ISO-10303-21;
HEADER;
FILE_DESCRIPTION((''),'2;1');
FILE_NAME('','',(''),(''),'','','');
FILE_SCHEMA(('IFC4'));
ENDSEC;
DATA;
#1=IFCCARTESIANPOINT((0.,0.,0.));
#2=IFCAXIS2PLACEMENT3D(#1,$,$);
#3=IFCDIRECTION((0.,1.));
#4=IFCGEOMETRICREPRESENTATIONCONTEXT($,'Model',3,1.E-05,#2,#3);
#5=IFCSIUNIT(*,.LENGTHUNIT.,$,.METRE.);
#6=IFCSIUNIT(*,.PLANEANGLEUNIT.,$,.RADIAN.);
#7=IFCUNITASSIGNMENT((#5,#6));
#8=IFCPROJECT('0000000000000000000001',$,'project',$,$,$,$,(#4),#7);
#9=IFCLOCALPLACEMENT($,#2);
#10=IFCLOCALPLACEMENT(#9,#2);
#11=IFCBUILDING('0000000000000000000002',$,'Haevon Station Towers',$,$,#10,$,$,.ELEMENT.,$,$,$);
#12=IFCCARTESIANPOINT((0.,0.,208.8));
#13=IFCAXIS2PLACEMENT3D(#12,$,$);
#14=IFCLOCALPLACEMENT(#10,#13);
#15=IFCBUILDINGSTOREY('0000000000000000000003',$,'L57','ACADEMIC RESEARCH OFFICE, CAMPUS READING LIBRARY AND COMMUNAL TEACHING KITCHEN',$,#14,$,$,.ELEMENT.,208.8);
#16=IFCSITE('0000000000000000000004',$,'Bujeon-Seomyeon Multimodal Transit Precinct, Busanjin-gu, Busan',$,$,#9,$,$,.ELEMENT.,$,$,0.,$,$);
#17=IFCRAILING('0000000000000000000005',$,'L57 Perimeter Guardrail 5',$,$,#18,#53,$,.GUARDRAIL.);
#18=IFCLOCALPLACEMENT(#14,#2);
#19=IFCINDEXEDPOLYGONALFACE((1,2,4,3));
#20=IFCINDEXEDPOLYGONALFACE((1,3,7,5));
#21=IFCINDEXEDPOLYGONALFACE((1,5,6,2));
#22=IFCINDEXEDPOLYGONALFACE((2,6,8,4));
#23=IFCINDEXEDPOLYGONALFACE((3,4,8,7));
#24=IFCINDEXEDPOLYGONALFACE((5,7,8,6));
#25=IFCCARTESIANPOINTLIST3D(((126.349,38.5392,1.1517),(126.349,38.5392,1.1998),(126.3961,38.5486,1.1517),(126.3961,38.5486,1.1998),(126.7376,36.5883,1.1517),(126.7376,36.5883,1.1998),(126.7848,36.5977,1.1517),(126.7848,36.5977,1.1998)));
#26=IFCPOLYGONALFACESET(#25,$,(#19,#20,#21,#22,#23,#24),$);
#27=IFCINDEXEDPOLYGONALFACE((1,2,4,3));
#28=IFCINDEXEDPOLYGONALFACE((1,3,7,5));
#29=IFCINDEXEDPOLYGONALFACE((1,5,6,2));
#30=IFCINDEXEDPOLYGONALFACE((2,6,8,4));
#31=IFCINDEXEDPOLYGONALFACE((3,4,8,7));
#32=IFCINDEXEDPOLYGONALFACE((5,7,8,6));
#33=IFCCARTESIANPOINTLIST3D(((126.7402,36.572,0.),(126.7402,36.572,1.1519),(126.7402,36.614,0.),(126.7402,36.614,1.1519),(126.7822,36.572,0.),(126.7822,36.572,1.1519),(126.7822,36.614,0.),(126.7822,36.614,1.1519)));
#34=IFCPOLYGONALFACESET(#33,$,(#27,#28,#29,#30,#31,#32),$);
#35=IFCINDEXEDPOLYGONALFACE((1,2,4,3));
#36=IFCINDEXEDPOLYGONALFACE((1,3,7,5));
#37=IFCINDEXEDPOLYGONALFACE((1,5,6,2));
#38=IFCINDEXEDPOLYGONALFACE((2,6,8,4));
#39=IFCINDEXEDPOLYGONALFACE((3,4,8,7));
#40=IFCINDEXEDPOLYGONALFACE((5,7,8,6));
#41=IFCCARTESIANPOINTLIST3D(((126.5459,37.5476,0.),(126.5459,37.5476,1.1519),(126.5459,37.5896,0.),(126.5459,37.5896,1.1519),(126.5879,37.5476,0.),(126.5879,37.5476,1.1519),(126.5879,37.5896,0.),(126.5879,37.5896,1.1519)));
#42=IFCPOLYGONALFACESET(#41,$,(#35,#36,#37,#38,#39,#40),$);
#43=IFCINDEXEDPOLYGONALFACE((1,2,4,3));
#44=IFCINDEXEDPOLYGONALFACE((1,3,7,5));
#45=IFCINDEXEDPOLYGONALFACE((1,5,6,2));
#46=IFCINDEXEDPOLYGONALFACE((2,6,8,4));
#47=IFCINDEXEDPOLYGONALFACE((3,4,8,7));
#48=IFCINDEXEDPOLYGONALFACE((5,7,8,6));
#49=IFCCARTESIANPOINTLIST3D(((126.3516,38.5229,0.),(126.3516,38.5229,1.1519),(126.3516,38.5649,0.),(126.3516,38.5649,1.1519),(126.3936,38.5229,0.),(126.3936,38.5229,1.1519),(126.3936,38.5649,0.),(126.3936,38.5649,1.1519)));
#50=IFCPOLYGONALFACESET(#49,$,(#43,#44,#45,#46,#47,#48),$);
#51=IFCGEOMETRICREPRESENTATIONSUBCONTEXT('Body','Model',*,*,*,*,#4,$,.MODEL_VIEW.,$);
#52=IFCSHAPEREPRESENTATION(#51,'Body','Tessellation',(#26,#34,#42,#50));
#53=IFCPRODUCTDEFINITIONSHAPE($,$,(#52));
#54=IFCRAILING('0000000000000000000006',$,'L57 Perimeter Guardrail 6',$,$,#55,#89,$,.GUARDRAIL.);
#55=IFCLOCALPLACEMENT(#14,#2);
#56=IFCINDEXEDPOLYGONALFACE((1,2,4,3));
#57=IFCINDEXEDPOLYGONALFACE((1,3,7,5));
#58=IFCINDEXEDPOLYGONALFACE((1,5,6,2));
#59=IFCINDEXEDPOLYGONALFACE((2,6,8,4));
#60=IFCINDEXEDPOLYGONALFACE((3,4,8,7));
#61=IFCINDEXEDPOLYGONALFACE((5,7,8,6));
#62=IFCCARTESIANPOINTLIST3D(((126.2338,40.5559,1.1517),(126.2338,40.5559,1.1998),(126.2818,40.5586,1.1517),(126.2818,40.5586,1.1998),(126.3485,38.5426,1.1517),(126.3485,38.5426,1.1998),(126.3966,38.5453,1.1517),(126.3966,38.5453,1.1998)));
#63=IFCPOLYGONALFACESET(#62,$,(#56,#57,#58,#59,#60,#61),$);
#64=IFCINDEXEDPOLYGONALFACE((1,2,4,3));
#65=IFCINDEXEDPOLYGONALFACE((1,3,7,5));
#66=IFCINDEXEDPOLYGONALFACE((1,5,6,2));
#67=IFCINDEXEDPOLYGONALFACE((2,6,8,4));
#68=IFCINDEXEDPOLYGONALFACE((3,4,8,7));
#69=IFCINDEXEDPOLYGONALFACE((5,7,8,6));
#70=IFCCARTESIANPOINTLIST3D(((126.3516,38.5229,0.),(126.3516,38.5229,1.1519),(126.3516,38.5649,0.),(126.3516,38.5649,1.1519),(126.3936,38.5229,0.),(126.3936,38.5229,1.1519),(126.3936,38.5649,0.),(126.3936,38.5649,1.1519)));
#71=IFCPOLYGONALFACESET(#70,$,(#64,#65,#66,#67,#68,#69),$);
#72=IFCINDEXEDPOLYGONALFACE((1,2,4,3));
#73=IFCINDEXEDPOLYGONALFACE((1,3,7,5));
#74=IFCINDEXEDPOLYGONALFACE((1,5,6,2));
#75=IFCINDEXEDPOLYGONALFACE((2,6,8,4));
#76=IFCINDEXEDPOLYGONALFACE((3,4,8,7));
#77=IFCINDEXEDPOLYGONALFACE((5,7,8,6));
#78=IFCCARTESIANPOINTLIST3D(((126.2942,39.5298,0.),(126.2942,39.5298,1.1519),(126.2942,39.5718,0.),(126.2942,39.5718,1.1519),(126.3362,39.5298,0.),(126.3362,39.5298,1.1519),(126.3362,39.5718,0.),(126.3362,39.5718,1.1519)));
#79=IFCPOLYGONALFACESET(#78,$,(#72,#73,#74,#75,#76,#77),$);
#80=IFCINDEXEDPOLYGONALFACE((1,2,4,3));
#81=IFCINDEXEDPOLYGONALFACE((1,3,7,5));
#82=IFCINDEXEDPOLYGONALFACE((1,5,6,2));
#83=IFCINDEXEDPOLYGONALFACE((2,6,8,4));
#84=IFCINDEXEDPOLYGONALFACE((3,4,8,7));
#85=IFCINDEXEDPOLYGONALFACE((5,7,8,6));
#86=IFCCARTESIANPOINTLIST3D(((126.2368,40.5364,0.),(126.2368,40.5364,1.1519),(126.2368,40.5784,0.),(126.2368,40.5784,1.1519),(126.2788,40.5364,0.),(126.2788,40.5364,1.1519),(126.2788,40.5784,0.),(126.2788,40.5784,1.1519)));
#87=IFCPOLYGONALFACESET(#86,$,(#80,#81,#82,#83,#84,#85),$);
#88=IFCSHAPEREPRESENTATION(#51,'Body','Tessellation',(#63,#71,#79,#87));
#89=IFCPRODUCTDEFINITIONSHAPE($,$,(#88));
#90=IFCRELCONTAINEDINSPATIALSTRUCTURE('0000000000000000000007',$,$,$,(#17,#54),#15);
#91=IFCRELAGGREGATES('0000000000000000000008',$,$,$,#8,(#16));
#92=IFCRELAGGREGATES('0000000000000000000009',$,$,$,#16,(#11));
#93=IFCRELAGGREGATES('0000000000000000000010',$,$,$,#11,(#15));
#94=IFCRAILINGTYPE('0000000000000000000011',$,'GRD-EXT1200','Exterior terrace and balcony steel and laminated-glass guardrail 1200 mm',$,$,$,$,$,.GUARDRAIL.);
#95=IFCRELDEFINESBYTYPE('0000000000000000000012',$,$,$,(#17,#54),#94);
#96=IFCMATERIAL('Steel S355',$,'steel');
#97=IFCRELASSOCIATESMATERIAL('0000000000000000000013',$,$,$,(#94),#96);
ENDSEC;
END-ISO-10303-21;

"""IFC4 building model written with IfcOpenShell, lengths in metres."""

from ifc_helpers import new_model, si_unit, direction, frame, origin, origin_2d, place, context, subcontext, project, spatial, rectangle, extrude, material, type_object, element, save


model = new_model("IFC4")

# Units and contexts
model_context = context("Model", 3, precision=1e-05, world=origin(), true_north=direction((0.0, 1.0)))
body_context = subcontext(model_context, "Body", "Model", "MODEL_VIEW")
ifc_project = project(units=[si_unit("LENGTHUNIT", "METRE"), si_unit("PLANEANGLEUNIT", "RADIAN")], contexts=[model_context])

# Site, building, storey
site_placement = place(None, origin())
site = spatial("IfcSite", under=ifc_project, at=site_placement, Name="Bujeon-Seomyeon Multimodal Transit Precinct, Busanjin-gu, Busan", CompositionType="ELEMENT", RefElevation=0.0)
building_placement = place(site_placement, origin())
building = spatial("IfcBuilding", under=site, at=building_placement, Name="Haevon Station Towers", CompositionType="ELEMENT")
storey_placement = place(building_placement, frame((0.0, 0.0, 208.8)))
storey = spatial("IfcBuildingStorey", under=building, at=storey_placement, Name="L57", Description="ACADEMIC RESEARCH OFFICE, CAMPUS READING LIBRARY AND COMMUNAL TEACHING KITCHEN", CompositionType="ELEMENT", Elevation=208.8)

# Shared definitions
ifc_material_1 = material(Name="Steel S355", Category="steel")

# Railings
railing_type = type_object("IfcRailingType", Name="GRD-EXT1200", Description="Exterior terrace and balcony steel and laminated-glass guardrail 1200 mm", PredefinedType="GUARDRAIL", material=ifc_material_1)
railing_1_placement = place(storey_placement, frame((126.7612, 36.593, 0.0)))
element("IfcRailing", 1, at=railing_1_placement, inside=storey, type_object=railing_type, Name="L57 Perimeter Guardrail 5", PredefinedType="GUARDRAIL", context=body_context, shape_type="SweptSolid", body=[
    extrude(rectangle(XDim=0.0481, YDim=0.0481, at=origin_2d()), frame((0.0, 0.0, 1.1758), z_axis=(-0.195384, 0.980727, 0.0), x_axis=(-0.980727, -0.195384, 0.0)), (0.0, 0.0, 1.0), 1.9893),
    extrude(rectangle(XDim=0.042, YDim=0.042, at=origin_2d()), origin(), (0.0, 0.0, 1.0), 1.1519),
    extrude(rectangle(XDim=0.042, YDim=0.042, at=origin_2d()), frame((-0.1943, 0.9756, 0.0)), (0.0, 0.0, 1.0), 1.1519),
    extrude(rectangle(XDim=0.042, YDim=0.042, at=origin_2d()), frame((-0.3887, 1.9509, 0.0)), (0.0, 0.0, 1.0), 1.1519),
])
railing_2_placement = place(storey_placement, frame((126.3726, 38.5439, 0.0)))
element("IfcRailing", 2, at=railing_2_placement, inside=storey, type_object=railing_type, Name="L57 Perimeter Guardrail 6", PredefinedType="GUARDRAIL", context=body_context, shape_type="SweptSolid", body=[
    extrude(rectangle(XDim=0.0481, YDim=0.0481, at=origin_2d()), frame((0.0, 0.0, 1.1758), z_axis=(-0.056898, 0.99838, 0.0), x_axis=(-0.99838, -0.056898, 0.0)), (0.0, 0.0, 1.0), 2.0166),
    extrude(rectangle(XDim=0.042, YDim=0.042, at=origin_2d()), origin(), (0.0, 0.0, 1.0), 1.1519),
    extrude(rectangle(XDim=0.042, YDim=0.042, at=origin_2d()), frame((-0.0574, 1.0068, 0.0)), (0.0, 0.0, 1.0), 1.1519),
    extrude(rectangle(XDim=0.042, YDim=0.042, at=origin_2d()), frame((-0.1147, 2.0134, 0.0)), (0.0, 0.0, 1.0), 1.1519),
])

save(model, "model.ifc")
